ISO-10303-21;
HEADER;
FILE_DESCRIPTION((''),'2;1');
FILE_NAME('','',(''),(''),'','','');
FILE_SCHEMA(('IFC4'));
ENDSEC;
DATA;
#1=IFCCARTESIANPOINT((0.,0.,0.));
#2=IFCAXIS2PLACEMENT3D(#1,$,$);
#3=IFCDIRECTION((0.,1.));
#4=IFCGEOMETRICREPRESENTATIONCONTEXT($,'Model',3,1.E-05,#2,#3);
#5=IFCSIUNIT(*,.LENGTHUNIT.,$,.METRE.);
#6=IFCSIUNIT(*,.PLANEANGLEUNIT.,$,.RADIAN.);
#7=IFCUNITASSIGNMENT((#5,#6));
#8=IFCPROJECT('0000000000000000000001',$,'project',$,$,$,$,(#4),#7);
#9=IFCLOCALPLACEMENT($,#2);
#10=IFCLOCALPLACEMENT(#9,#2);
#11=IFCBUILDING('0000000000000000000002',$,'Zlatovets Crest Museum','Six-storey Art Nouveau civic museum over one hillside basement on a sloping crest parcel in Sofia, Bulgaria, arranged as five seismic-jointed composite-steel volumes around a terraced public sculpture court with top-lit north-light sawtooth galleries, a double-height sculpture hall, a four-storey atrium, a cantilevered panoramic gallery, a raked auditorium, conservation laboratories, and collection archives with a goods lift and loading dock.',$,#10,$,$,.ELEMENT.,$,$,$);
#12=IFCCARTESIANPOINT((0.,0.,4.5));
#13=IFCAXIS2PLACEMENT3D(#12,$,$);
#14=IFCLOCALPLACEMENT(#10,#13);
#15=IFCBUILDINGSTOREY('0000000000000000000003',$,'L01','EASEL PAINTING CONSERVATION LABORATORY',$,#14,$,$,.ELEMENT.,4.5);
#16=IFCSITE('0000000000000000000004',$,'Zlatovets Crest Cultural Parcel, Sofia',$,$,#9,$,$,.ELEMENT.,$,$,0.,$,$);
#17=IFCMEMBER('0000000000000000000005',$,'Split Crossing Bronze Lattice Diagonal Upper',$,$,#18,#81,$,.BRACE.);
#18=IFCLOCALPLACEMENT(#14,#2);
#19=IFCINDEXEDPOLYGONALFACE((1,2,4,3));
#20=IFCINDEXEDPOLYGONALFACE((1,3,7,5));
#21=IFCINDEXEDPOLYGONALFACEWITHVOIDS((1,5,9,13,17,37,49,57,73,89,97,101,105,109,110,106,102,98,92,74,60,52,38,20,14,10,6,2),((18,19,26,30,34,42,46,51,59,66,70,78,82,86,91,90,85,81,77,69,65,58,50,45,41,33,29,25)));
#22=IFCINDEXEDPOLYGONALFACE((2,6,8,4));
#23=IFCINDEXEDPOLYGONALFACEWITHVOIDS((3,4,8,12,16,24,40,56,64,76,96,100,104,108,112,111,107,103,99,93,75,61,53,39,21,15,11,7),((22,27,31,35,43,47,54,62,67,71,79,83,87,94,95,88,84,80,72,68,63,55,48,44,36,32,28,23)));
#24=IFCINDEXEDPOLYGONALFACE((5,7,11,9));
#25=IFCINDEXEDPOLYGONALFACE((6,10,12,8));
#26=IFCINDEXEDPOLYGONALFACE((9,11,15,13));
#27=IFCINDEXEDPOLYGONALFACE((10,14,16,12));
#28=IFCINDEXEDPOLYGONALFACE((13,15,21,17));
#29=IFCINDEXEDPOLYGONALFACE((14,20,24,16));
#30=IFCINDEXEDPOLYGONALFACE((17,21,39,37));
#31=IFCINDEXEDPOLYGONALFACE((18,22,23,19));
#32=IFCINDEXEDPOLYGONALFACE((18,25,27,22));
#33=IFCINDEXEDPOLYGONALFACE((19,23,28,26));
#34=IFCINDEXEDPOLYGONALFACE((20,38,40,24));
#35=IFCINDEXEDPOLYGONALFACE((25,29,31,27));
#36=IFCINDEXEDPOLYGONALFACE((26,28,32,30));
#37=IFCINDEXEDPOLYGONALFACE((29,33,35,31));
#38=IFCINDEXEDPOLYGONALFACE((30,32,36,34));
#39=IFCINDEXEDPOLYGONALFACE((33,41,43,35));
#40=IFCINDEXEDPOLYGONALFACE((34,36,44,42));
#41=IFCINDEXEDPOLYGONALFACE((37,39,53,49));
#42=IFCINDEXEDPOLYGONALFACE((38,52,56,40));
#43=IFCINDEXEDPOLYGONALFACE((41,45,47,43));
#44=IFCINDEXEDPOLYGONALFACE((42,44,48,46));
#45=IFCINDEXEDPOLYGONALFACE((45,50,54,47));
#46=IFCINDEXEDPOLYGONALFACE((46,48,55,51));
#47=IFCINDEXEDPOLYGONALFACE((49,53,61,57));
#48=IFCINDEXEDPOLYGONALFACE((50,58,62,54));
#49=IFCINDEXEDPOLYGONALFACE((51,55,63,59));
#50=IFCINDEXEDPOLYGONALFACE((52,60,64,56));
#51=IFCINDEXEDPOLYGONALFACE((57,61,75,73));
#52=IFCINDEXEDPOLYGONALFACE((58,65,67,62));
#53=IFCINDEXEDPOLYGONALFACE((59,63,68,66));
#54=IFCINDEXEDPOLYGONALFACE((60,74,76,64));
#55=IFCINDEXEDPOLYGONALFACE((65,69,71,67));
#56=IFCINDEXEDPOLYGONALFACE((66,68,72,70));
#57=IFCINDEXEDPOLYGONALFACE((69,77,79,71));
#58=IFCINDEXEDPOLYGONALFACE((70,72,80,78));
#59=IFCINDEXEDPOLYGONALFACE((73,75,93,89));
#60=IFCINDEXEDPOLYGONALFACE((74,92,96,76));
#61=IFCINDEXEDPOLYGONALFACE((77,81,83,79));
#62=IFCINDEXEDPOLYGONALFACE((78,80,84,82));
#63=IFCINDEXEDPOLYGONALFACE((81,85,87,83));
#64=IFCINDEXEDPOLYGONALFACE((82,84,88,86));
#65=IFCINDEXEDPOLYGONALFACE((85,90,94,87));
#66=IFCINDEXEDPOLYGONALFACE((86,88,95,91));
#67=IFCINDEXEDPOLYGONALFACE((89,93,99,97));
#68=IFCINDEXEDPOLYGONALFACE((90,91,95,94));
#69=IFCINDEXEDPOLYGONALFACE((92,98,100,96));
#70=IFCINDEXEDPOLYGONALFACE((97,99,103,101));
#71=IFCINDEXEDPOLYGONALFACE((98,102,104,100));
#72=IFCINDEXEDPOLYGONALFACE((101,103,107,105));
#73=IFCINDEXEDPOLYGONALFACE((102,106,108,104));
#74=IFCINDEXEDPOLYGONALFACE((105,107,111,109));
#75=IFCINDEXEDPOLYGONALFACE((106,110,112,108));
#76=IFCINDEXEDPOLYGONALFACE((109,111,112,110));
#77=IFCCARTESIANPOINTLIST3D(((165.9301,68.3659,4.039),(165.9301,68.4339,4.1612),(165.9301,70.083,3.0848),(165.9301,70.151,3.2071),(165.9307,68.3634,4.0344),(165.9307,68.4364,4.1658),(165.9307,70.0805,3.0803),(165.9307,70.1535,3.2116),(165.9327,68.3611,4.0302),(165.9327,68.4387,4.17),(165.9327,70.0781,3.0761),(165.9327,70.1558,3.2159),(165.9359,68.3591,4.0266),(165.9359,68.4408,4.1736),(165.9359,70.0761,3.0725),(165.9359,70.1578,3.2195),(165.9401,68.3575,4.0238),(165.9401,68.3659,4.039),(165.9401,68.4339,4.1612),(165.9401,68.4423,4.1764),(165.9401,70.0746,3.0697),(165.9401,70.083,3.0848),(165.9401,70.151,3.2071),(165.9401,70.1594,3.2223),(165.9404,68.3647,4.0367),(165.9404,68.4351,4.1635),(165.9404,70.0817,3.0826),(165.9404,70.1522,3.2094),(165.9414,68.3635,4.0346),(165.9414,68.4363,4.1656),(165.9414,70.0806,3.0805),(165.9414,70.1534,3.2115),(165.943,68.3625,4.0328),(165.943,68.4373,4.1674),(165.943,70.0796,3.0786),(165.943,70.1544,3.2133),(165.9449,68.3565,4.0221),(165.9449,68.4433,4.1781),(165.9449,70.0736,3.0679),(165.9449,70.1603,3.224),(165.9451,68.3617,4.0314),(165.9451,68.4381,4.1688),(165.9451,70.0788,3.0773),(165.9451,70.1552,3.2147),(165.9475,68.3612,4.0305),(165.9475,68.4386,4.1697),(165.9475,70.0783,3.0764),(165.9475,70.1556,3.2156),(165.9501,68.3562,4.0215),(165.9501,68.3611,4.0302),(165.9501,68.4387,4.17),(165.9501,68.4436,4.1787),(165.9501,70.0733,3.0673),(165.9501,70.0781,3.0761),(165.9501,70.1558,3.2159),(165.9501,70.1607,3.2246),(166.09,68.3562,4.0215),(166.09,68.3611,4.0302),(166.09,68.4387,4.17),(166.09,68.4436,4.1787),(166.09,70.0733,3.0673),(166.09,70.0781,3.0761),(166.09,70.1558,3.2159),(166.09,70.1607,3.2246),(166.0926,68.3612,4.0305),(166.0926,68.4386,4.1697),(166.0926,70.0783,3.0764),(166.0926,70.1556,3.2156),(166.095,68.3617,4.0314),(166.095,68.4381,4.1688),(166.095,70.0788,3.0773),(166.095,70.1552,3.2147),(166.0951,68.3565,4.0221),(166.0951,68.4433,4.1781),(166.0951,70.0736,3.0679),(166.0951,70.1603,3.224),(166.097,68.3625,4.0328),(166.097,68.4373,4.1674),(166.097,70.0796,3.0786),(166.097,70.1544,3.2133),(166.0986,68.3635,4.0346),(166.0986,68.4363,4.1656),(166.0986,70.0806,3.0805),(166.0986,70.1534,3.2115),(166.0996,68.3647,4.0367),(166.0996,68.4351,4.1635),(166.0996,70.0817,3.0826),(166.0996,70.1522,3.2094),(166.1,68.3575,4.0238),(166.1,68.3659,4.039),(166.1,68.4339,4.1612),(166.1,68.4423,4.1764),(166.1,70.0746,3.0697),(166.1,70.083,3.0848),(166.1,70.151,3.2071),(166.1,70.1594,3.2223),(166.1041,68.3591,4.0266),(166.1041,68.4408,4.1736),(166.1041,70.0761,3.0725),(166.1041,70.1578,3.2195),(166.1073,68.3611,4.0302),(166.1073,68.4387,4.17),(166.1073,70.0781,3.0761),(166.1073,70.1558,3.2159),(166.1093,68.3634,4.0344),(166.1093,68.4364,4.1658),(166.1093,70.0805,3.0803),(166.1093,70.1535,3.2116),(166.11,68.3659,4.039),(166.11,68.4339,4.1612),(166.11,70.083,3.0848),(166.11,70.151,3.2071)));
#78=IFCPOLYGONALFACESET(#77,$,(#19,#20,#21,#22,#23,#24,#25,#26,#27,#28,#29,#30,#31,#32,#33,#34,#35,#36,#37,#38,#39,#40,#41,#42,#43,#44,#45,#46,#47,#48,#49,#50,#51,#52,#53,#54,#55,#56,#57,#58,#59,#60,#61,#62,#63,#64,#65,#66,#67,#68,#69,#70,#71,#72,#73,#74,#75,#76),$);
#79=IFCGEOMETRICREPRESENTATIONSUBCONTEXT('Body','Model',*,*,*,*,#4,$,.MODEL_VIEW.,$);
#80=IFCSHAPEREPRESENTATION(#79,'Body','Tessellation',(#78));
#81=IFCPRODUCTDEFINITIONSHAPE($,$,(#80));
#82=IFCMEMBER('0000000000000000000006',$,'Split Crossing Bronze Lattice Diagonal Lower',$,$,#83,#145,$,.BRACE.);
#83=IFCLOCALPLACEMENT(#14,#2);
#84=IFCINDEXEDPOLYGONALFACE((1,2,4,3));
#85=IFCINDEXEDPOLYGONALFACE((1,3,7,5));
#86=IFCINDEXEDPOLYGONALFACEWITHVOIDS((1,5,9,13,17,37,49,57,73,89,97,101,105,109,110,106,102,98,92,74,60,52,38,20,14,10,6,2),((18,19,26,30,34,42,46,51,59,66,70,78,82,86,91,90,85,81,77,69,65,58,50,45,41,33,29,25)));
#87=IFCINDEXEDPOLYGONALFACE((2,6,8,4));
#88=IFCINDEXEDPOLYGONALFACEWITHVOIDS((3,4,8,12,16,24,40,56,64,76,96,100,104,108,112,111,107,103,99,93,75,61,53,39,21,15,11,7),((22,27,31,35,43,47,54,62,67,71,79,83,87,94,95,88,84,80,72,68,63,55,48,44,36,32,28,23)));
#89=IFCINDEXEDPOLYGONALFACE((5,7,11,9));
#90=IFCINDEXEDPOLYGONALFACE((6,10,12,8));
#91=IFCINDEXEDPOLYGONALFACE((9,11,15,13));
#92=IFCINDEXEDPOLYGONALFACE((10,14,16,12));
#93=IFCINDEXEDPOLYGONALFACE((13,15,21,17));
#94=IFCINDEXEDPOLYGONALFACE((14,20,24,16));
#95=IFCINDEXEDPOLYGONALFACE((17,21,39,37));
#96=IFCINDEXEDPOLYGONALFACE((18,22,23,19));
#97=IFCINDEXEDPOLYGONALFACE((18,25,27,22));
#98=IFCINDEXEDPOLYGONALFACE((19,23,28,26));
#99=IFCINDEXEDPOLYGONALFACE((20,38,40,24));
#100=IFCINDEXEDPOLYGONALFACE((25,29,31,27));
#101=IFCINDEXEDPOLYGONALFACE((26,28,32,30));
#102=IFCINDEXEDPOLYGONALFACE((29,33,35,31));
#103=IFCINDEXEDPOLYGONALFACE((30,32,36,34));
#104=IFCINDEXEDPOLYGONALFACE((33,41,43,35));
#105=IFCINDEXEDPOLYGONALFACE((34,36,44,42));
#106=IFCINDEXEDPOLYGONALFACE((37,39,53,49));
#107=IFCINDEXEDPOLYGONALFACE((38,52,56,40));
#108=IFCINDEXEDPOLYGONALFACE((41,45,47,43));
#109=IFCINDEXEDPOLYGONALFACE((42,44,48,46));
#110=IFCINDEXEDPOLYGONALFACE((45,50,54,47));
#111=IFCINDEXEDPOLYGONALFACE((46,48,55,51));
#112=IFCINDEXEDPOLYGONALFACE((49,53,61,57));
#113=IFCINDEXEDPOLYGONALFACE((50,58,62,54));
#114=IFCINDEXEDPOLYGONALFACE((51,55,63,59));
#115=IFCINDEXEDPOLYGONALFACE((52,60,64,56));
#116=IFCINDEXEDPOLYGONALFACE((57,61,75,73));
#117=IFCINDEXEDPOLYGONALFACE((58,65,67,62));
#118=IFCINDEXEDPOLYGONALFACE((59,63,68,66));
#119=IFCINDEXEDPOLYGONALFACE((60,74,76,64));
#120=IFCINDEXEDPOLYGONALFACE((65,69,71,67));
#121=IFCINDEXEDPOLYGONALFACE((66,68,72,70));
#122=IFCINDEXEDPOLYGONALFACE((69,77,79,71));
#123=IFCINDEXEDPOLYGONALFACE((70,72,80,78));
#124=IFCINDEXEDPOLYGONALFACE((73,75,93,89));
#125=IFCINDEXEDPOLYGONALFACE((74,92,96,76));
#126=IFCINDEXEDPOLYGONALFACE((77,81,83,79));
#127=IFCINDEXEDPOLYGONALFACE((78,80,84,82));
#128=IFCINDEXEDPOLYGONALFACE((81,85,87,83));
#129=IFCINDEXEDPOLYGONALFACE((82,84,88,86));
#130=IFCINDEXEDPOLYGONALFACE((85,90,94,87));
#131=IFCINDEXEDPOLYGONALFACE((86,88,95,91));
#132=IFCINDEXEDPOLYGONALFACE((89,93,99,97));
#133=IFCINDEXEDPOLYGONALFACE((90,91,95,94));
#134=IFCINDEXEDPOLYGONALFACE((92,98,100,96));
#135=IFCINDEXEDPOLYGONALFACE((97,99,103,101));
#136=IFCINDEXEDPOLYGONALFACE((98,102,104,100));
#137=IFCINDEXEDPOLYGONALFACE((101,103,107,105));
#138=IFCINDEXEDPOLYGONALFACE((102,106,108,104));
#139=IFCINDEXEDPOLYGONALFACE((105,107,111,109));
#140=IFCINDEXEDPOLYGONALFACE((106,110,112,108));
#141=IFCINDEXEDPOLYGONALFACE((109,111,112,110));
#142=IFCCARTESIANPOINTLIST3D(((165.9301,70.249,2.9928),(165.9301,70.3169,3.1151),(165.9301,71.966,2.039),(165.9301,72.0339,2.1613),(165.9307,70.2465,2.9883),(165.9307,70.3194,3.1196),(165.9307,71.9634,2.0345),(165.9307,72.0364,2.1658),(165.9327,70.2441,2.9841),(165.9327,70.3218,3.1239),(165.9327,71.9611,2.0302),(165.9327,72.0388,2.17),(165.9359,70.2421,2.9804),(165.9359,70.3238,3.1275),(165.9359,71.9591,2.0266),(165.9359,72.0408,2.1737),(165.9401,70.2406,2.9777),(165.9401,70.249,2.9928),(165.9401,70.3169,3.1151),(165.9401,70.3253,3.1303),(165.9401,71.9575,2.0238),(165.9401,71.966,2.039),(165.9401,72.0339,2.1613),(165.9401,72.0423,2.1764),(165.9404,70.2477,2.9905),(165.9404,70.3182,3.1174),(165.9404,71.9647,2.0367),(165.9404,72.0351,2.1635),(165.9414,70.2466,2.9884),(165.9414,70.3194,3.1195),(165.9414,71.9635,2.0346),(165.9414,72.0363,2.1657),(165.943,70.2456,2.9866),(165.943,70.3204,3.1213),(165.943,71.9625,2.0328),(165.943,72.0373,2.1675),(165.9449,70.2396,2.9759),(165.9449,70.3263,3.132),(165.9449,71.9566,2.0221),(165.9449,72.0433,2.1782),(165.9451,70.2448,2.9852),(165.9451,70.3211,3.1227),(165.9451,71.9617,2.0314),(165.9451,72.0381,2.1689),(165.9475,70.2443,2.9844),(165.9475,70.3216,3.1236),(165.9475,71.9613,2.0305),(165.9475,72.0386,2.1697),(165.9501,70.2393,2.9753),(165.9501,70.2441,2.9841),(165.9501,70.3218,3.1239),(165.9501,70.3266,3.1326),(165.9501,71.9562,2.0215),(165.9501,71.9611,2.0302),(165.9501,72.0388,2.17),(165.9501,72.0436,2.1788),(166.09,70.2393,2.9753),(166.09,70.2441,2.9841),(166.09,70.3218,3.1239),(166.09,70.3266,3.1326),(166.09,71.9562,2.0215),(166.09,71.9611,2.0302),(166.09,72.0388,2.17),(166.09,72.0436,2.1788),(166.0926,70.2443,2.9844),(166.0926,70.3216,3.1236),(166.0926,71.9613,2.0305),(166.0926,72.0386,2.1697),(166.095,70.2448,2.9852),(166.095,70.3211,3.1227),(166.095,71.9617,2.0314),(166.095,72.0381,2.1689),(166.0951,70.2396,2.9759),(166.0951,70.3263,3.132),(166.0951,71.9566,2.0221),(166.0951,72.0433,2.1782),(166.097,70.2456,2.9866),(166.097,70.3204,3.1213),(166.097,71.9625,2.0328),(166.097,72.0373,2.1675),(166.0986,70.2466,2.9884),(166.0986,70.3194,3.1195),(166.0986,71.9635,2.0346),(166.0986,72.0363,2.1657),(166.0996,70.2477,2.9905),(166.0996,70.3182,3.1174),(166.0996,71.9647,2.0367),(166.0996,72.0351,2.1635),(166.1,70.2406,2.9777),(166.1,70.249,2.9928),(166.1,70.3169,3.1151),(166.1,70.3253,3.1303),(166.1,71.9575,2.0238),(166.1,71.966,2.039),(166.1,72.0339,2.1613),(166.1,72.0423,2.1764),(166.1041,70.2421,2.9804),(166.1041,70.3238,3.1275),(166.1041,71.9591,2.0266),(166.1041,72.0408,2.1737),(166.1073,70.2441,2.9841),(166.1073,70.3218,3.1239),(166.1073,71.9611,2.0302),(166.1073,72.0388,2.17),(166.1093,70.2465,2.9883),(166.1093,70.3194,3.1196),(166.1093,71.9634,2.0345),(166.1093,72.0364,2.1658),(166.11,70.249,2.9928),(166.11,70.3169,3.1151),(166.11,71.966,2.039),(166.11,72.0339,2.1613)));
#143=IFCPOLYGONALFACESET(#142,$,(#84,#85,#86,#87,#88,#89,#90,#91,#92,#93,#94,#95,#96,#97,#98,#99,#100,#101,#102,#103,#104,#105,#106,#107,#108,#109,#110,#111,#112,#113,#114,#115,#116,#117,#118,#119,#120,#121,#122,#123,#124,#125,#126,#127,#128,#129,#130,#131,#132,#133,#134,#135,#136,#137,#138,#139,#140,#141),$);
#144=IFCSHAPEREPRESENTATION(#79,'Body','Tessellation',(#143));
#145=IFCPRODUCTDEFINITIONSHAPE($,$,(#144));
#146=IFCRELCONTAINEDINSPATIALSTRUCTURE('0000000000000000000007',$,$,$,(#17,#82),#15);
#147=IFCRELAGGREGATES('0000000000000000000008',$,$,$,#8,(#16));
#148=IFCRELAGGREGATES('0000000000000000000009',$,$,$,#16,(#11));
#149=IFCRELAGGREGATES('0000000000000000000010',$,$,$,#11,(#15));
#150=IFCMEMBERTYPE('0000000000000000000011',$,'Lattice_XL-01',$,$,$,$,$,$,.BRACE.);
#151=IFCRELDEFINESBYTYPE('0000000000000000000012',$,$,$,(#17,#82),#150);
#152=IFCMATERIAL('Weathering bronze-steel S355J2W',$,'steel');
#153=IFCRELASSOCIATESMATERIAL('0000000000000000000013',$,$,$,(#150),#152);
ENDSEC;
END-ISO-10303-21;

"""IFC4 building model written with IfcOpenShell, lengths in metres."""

from ifc_helpers import new_model, si_unit, direction, frame, origin, origin_2d, place, context, subcontext, project, spatial, hollow_rectangle, extrude, material, material_profile, profile_set, type_object, element, save


model = new_model("IFC4")

# Units and contexts
model_context = context("Model", 3, precision=1e-05, world=origin(), true_north=direction((0.0, 1.0)))
body_context = subcontext(model_context, "Body", "Model", "MODEL_VIEW")
ifc_project = project(units=[si_unit("LENGTHUNIT", "METRE"), si_unit("PLANEANGLEUNIT", "RADIAN")], contexts=[model_context])

# Site, building, storey
site_placement = place(None, origin())
site = spatial("IfcSite", under=ifc_project, at=site_placement, Name="Zlatovets Crest Cultural Parcel, Sofia", CompositionType="ELEMENT", RefElevation=0.0)
building_placement = place(site_placement, origin())
building = spatial("IfcBuilding", under=site, at=building_placement, Name="Zlatovets Crest Museum", Description="Six-storey Art Nouveau civic museum over one hillside basement on a sloping crest parcel in Sofia, Bulgaria, arranged as five seismic-jointed composite-steel volumes around a terraced public sculpture court with top-lit north-light sawtooth galleries, a double-height sculpture hall, a four-storey atrium, a cantilevered panoramic gallery, a raked auditorium, conservation laboratories, and collection archives with a goods lift and loading dock.", CompositionType="ELEMENT")
storey_placement = place(building_placement, frame((0.0, 0.0, 4.5)))
storey = spatial("IfcBuildingStorey", under=building, at=storey_placement, Name="L01", Description="EASEL PAINTING CONSERVATION LABORATORY", CompositionType="ELEMENT", Elevation=4.5)

# Members
ifc_material_1 = material(Name="Weathering bronze-steel S355J2W", Category="steel")
ifc_material_profile_1 = material_profile(ifc_material_1, hollow_rectangle(XDim=0.1799, YDim=0.1799, WallThickness=0.01, InnerFilletRadius=0.01, OuterFilletRadius=0.02, at=origin_2d()), Name="SHS 180x180x10.0")
ifc_profile_set_1 = profile_set([ifc_material_profile_1], Name="Weathering bronze-steel S355J2W")
member_type_1 = type_object("IfcMemberType", Name="Lattice_XL-01", PredefinedType="BRACE", material=ifc_profile_set_1)
member_1_placement = place(storey_placement, frame((166.02, 68.3999, 4.1001), z_axis=(0.0, 0.874116, -0.485717), x_axis=(-1.0, 0.0, 0.0)))
element("IfcMember", 1, at=member_1_placement, inside=storey, type_object=member_type_1, Name="Split Crossing Bronze Lattice Diagonal Upper", PredefinedType="BRACE", context=body_context, shape_type="SweptSolid", body=[
    extrude(hollow_rectangle(XDim=0.1799, YDim=0.1799, WallThickness=0.01, InnerFilletRadius=0.01, OuterFilletRadius=0.02, at=origin_2d()), origin(), (0.0, 0.0, 1.0), 1.9644),
])
member_2_placement = place(storey_placement, frame((166.02, 70.283, 3.054), z_axis=(0.0, 0.874169, -0.485622), x_axis=(-1.0, 0.0, 0.0)))
element("IfcMember", 2, at=member_2_placement, inside=storey, type_object=member_type_1, Name="Split Crossing Bronze Lattice Diagonal Lower", PredefinedType="BRACE", context=body_context, shape_type="SweptSolid", body=[
    extrude(hollow_rectangle(XDim=0.1799, YDim=0.1799, WallThickness=0.01, InnerFilletRadius=0.01, OuterFilletRadius=0.02, at=origin_2d()), origin(), (0.0, 0.0, 1.0), 1.9641),
])

save(model, "model.ifc")
